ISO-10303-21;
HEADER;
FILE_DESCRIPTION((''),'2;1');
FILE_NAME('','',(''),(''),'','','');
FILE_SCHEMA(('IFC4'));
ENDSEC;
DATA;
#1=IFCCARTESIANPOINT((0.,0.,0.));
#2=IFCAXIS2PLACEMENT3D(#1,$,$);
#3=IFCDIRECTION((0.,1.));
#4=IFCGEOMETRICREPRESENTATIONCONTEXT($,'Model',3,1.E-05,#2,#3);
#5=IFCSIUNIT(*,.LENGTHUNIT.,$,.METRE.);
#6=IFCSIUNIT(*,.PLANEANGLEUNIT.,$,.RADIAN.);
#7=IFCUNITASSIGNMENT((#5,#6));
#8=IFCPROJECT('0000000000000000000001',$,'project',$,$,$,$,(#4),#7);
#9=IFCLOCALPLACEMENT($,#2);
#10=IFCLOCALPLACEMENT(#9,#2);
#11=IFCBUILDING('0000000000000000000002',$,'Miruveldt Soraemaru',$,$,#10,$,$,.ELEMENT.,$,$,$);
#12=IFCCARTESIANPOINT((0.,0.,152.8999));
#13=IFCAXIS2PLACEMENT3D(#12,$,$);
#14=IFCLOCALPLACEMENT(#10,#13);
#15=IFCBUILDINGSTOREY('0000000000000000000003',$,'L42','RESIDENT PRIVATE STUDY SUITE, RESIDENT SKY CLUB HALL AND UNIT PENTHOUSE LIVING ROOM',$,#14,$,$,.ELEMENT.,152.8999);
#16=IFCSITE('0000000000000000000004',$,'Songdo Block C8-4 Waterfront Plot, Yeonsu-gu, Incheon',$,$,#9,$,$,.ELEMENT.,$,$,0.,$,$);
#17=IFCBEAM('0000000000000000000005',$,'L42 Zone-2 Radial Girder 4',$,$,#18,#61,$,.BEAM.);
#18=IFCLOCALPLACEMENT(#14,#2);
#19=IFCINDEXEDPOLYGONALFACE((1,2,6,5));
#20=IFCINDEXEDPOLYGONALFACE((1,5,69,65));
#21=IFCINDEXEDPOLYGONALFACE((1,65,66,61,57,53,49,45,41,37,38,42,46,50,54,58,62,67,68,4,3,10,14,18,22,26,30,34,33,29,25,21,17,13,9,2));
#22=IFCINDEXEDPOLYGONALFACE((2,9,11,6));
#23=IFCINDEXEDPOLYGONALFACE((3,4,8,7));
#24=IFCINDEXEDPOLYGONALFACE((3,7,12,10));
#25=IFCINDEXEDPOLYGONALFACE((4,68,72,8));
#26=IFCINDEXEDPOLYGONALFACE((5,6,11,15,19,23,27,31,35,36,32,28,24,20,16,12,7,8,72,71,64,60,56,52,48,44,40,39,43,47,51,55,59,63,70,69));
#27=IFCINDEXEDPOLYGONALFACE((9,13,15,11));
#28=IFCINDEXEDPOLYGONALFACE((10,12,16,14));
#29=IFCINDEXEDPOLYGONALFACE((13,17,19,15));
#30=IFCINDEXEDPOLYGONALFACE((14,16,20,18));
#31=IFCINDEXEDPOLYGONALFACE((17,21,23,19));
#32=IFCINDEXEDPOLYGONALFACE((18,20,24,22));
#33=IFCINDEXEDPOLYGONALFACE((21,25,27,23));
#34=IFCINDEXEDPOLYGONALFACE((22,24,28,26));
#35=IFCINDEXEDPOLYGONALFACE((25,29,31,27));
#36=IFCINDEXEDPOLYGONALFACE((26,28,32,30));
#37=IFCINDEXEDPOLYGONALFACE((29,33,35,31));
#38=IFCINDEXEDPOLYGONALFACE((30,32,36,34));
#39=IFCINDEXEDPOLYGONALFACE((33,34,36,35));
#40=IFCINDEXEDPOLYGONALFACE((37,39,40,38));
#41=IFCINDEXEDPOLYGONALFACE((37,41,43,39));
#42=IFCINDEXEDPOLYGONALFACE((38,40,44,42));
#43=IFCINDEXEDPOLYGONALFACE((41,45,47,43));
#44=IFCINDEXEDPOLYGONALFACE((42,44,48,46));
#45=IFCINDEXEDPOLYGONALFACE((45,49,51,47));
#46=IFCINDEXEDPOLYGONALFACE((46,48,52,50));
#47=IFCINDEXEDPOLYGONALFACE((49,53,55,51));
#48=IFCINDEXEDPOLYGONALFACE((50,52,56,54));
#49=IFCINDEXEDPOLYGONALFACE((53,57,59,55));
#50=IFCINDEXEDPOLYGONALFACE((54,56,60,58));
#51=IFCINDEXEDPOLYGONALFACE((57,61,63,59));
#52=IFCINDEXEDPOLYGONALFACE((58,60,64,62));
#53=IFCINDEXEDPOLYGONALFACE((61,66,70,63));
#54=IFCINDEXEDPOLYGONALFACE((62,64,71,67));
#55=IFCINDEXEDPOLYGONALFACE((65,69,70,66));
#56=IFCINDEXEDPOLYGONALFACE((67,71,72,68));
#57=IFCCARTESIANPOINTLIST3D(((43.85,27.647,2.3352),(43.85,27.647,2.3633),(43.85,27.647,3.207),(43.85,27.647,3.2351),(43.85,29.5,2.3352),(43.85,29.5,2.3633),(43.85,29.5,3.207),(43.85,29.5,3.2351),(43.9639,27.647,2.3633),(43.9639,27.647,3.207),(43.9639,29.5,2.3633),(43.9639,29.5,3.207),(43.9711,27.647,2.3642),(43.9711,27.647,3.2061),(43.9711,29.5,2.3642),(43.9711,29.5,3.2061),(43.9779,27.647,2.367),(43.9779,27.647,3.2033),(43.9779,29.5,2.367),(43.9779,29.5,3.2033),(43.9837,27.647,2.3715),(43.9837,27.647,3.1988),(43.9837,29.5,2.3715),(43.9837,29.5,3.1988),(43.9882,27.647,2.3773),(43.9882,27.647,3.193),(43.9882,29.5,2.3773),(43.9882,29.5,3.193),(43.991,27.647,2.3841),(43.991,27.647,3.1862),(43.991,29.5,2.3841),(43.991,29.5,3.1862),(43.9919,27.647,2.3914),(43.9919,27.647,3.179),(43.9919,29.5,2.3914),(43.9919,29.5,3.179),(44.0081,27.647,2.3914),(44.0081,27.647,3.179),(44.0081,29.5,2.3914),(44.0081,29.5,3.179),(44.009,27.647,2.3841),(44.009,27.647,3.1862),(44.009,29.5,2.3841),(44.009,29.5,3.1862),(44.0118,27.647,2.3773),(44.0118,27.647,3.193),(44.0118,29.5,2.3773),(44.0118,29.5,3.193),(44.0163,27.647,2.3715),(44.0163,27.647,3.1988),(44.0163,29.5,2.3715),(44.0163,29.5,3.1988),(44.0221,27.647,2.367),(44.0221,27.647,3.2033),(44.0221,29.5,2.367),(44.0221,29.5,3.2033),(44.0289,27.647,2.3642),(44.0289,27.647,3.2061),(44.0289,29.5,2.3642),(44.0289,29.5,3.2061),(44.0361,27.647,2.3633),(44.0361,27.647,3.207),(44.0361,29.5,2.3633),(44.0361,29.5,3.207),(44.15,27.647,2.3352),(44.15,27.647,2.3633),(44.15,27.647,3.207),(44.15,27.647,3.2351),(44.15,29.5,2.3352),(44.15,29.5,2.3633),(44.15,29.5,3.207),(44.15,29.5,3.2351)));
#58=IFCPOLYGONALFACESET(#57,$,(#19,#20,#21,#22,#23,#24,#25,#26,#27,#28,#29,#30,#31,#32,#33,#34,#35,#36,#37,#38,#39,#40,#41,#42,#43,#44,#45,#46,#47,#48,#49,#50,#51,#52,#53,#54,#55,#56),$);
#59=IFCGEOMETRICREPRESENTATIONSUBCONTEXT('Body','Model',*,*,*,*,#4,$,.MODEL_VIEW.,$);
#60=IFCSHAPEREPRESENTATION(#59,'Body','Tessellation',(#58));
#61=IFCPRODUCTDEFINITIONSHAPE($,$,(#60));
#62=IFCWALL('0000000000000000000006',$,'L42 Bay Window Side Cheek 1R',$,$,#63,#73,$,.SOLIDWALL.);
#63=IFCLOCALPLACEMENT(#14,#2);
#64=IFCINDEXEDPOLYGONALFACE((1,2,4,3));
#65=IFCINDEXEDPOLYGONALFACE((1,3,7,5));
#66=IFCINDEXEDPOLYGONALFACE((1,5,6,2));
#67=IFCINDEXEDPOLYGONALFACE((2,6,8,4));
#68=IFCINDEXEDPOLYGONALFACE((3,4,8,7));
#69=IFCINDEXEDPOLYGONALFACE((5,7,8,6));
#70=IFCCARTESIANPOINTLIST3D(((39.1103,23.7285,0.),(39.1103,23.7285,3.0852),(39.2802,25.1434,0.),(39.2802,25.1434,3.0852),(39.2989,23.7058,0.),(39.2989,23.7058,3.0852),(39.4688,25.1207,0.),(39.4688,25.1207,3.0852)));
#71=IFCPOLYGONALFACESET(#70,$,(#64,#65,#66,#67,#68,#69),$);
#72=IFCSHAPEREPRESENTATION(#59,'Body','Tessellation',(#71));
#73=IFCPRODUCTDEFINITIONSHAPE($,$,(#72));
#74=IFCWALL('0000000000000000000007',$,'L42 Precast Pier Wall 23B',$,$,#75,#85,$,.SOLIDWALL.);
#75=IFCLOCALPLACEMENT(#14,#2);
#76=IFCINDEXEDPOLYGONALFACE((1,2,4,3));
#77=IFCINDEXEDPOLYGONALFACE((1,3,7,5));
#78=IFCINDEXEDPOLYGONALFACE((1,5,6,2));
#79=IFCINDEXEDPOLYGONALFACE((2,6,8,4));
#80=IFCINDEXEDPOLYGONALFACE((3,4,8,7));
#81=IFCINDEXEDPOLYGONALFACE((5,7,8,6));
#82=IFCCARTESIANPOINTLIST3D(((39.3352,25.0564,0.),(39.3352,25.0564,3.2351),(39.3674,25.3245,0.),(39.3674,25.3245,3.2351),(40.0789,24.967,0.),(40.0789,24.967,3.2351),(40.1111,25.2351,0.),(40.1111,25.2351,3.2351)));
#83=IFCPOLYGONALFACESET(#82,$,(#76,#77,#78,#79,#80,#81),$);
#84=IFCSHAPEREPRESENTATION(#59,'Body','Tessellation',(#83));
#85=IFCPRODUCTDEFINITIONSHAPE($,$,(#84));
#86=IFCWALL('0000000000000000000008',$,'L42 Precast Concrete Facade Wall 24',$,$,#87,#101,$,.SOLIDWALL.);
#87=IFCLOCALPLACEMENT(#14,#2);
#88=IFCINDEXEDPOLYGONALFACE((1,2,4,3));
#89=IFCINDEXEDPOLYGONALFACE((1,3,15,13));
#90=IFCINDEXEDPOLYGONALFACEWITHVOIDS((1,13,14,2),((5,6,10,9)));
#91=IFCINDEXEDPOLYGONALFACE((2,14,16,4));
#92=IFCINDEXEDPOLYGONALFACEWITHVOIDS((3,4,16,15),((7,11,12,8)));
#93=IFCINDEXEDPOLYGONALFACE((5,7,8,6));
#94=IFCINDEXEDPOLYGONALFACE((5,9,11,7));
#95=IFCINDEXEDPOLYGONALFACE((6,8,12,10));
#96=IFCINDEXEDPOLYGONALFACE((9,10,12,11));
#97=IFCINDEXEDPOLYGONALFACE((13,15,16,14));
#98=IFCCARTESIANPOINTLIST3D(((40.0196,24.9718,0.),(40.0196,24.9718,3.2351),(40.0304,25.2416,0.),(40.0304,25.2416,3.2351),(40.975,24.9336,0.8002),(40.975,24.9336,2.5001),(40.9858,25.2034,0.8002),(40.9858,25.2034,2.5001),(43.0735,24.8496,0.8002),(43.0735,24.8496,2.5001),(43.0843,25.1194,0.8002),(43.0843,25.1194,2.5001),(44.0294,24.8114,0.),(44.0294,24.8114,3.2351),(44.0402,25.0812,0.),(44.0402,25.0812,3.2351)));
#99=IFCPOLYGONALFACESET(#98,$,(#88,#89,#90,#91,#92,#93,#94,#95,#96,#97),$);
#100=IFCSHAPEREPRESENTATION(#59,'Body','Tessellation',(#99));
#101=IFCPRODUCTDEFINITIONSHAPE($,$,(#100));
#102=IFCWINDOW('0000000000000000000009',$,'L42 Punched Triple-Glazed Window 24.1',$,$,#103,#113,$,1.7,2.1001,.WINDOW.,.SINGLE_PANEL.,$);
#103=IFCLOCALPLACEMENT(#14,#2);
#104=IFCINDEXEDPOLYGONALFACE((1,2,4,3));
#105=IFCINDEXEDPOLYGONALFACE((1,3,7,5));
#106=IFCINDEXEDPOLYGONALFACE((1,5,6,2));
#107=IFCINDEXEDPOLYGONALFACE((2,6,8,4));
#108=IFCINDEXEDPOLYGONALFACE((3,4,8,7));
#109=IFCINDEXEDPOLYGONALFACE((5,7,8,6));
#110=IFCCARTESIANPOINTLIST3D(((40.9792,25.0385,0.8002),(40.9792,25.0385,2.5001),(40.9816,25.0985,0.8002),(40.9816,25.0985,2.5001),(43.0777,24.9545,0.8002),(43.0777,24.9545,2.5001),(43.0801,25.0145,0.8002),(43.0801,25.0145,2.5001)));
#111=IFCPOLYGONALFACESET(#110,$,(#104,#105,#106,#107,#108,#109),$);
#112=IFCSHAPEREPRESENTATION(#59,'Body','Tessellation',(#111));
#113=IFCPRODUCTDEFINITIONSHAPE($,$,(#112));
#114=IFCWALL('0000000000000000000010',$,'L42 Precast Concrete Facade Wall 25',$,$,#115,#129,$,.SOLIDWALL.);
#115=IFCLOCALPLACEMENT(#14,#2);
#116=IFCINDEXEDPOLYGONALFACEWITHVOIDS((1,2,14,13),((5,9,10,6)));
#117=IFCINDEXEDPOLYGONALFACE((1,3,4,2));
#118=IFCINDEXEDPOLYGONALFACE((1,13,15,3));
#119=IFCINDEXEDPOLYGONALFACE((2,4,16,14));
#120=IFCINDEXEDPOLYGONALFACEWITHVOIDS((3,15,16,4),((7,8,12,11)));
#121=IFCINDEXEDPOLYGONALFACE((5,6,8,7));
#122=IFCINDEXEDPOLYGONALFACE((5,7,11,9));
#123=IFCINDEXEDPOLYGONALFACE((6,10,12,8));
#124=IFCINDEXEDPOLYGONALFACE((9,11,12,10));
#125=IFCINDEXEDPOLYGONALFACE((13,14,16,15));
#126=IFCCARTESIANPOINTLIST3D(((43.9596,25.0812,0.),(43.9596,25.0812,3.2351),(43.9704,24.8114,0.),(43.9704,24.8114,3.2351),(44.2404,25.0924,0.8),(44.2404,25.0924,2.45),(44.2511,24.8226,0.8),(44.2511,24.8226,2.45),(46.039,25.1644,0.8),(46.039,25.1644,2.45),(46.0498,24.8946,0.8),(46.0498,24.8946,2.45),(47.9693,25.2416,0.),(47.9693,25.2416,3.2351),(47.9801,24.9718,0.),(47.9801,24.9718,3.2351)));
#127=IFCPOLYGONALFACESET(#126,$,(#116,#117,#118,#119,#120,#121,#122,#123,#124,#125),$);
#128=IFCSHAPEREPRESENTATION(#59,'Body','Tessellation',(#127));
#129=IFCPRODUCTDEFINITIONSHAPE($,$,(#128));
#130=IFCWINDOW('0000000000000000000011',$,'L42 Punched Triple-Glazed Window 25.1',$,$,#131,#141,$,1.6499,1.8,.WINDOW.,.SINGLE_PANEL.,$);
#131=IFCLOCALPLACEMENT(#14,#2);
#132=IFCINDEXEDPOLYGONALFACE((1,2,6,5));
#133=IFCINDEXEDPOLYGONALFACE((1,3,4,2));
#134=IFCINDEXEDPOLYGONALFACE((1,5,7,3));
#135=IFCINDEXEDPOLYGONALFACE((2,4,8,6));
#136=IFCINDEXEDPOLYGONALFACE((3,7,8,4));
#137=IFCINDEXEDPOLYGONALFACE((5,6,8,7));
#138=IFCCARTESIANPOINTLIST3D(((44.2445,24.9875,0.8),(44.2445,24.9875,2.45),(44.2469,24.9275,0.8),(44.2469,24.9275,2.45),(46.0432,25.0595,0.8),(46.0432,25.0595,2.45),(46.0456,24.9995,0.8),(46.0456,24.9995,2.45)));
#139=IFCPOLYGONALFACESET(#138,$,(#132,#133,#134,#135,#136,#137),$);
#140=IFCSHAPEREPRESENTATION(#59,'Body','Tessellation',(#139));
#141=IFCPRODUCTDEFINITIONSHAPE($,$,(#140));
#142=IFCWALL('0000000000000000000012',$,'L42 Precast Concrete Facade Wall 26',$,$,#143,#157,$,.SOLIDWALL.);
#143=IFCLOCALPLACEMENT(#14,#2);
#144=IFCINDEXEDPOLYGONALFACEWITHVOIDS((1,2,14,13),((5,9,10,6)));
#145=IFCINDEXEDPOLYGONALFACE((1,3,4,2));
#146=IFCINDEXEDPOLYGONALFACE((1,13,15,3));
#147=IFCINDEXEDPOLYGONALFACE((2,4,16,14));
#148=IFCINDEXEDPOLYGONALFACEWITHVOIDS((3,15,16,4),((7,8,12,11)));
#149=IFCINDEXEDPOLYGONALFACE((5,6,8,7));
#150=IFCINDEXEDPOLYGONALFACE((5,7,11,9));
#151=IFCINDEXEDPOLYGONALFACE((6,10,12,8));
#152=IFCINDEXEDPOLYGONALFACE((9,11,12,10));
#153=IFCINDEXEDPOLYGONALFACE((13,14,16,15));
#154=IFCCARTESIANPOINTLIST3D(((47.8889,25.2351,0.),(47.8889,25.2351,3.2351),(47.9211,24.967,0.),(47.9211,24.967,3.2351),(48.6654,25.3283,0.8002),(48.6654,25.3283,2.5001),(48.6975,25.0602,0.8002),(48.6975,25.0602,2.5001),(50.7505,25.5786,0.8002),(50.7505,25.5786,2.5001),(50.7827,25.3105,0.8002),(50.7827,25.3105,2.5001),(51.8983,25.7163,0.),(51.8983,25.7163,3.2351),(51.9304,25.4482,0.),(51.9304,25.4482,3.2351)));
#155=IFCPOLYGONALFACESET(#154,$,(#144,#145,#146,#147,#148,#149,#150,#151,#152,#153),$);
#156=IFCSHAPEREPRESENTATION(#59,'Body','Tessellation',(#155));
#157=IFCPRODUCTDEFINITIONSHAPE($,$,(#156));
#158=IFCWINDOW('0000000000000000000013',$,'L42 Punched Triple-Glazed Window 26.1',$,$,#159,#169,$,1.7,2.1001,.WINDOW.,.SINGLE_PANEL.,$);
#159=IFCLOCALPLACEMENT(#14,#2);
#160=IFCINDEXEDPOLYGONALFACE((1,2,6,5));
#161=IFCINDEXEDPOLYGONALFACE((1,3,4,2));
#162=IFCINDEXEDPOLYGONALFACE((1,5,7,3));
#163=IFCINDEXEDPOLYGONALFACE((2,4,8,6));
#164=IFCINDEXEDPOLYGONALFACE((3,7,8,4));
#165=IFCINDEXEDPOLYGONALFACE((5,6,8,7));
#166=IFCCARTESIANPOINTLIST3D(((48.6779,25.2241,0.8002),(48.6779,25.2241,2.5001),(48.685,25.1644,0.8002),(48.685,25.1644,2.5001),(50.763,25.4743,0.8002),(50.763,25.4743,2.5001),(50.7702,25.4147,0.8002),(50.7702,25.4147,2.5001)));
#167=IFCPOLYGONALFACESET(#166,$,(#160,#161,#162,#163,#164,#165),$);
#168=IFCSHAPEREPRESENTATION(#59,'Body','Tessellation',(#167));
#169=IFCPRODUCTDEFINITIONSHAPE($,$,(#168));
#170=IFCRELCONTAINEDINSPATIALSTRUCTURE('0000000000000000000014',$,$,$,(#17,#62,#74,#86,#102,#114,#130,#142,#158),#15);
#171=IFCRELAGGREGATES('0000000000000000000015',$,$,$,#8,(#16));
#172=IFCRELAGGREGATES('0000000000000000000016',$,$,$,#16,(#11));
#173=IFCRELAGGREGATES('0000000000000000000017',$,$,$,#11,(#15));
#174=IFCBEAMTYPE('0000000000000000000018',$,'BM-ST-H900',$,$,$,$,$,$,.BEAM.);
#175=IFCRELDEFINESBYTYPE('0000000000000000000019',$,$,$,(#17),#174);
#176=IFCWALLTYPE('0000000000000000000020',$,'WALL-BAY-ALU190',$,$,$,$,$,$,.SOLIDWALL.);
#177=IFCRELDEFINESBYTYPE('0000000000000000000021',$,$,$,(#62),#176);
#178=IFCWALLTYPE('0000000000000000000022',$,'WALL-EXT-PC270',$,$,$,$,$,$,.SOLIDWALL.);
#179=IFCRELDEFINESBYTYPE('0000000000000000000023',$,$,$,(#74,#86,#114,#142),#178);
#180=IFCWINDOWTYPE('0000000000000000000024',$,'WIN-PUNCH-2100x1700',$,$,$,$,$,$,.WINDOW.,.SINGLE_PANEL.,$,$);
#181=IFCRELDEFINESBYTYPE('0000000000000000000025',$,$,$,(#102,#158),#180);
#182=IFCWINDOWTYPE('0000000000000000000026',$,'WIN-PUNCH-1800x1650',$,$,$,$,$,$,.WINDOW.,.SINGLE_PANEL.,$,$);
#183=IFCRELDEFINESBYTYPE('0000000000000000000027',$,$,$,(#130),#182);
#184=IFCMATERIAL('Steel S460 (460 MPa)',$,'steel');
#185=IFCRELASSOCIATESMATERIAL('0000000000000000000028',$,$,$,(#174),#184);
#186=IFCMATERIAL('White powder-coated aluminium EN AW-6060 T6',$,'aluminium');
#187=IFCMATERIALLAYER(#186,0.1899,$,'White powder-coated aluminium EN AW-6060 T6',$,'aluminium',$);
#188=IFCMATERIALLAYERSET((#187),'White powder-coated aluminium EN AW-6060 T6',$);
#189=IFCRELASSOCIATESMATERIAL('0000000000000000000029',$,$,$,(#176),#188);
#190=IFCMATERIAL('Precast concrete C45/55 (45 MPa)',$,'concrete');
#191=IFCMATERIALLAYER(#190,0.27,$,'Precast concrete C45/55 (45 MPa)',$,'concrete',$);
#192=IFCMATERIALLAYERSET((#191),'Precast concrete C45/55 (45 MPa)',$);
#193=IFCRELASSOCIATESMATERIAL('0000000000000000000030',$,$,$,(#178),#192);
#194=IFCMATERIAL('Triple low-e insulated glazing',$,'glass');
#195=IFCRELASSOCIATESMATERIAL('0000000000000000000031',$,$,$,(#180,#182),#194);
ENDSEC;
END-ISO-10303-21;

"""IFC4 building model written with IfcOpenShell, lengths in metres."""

from ifc_helpers import new_model, si_unit, direction, frame, frame_2d, origin, origin_2d, place, context, subcontext, project, spatial, rectangle, i_section, extrude, material, layer, layer_set, material_profile, profile_set, type_object, element, fill, save


model = new_model("IFC4")

# Units and contexts
model_context = context("Model", 3, precision=1e-05, world=origin(), true_north=direction((0.0, 1.0)))
body_context = subcontext(model_context, "Body", "Model", "MODEL_VIEW")
ifc_project = project(units=[si_unit("LENGTHUNIT", "METRE"), si_unit("PLANEANGLEUNIT", "RADIAN")], contexts=[model_context])

# Site, building, storey
site_placement = place(None, origin())
site = spatial("IfcSite", under=ifc_project, at=site_placement, Name="Songdo Block C8-4 Waterfront Plot, Yeonsu-gu, Incheon", CompositionType="ELEMENT", RefElevation=0.0)
building_placement = place(site_placement, origin())
building = spatial("IfcBuilding", under=site, at=building_placement, Name="Miruveldt Soraemaru", CompositionType="ELEMENT")
storey_placement = place(building_placement, frame((0.0, 0.0, 152.8999)))
storey = spatial("IfcBuildingStorey", under=building, at=storey_placement, Name="L42", Description="RESIDENT PRIVATE STUDY SUITE, RESIDENT SKY CLUB HALL AND UNIT PENTHOUSE LIVING ROOM", CompositionType="ELEMENT", Elevation=152.8999)

# Beam
ifc_material_1 = material(Name="Steel S460 (460 MPa)", Category="steel")
ifc_material_profile_1 = material_profile(ifc_material_1, i_section(OverallWidth=0.3, OverallDepth=0.8999, WebThickness=0.0161, FlangeThickness=0.0281, FilletRadius=0.0281, at=origin_2d()), Name="Steel S460 (460 MPa)", Category="steel")
ifc_profile_set_1 = profile_set([ifc_material_profile_1], Name="Steel S460 (460 MPa)")
beam_type_1 = type_object("IfcBeamType", Name="BM-ST-H900", PredefinedType="BEAM", material=ifc_profile_set_1)
beam_1_placement = place(storey_placement, frame((44.0, 29.5, 2.7852), z_axis=(0.0, -1.0, 0.0), x_axis=(1.0, 0.0, 0.0)))
element("IfcBeam", 1, at=beam_1_placement, inside=storey, type_object=beam_type_1, Name="L42 Zone-2 Radial Girder 4", PredefinedType="BEAM", context=body_context, shape_type="SweptSolid", body=[
    extrude(i_section(OverallWidth=0.3, OverallDepth=0.8999, WebThickness=0.0161, FlangeThickness=0.0281, FilletRadius=0.0281, at=origin_2d()), origin(), (0.0, 0.0, 1.0), 1.853),
])

# Walls
ifc_material_2 = material(Name="White powder-coated aluminium EN AW-6060 T6", Category="aluminium")
ifc_layer_1 = layer(ifc_material_2, 0.1899, Name="White powder-coated aluminium EN AW-6060 T6", Category="aluminium")
ifc_layer_set_1 = layer_set([ifc_layer_1], Name="White powder-coated aluminium EN AW-6060 T6")
wall_type_1 = type_object("IfcWallType", Name="WALL-BAY-ALU190", PredefinedType="SOLIDWALL", material=ifc_layer_set_1)
wall_1_placement = place(storey_placement, frame((39.2046, 23.7173, 0.0), z_axis=(0.0, 0.0, 1.0), x_axis=(0.119247, 0.992865, 0.0)))
element("IfcWall", 2, at=wall_1_placement, inside=storey, type_object=wall_type_1, Name="L42 Bay Window Side Cheek 1R", PredefinedType="SOLIDWALL", context=body_context, shape_type="SweptSolid", body=[
    extrude(rectangle(XDim=1.425, YDim=0.1899, at=frame_2d((0.7124, 0.0))), origin(), (0.0, 0.0, 1.0), 3.0852),
])
ifc_material_3 = material(Name="Precast concrete C45/55 (45 MPa)", Category="concrete")
ifc_layer_2 = layer(ifc_material_3, 0.27, Name="Precast concrete C45/55 (45 MPa)", Category="concrete")
ifc_layer_set_2 = layer_set([ifc_layer_2], Name="Precast concrete C45/55 (45 MPa)")
wall_type_2 = type_object("IfcWallType", Name="WALL-EXT-PC270", PredefinedType="SOLIDWALL", material=ifc_layer_set_2)
wall_2_placement = place(storey_placement, frame((39.3513, 25.1904, 0.0), z_axis=(0.0, 0.0, 1.0), x_axis=(0.992858, -0.119299, 0.0)))
element("IfcWall", 3, at=wall_2_placement, inside=storey, type_object=wall_type_2, Name="L42 Precast Pier Wall 23B", PredefinedType="SOLIDWALL", context=body_context, shape_type="SweptSolid", body=[
    extrude(rectangle(XDim=0.749, YDim=0.27, at=frame_2d((0.3745, 0.0))), origin(), (0.0, 0.0, 1.0), 3.2351),
])

# Walls, openings, windows
wall_3_placement = place(storey_placement, frame((40.0251, 25.1067, 0.0), z_axis=(0.0, 0.0, 1.0), x_axis=(0.999201, -0.03997, 0.0)))
wall_3 = element("IfcWall", 4, at=wall_3_placement, inside=storey, type_object=wall_type_2, Name="L42 Precast Concrete Facade Wall 24", PredefinedType="SOLIDWALL", context=body_context, shape_type="SweptSolid", body=[
    extrude(rectangle(XDim=4.0129, YDim=0.27, at=frame_2d((2.0063, 0.0))), origin(), (0.0, 0.0, 1.0), 3.2351),
])
opening_1_placement = place(wall_3_placement, frame((0.9561, 0.0, 0.8)))
opening_1 = element("IfcOpeningElement", 5, at=opening_1_placement, cuts=wall_3, PredefinedType="OPENING", context=body_context, shape_type="SweptSolid", body=[
    extrude(rectangle(XDim=2.1001, YDim=1.7, at=frame_2d((1.05, 0.8501))), frame((0.0, 0.145, 0.0), z_axis=(0.0, -1.0, 0.0), x_axis=(1.0, 0.0, 0.0)), (0.0, 0.0, 1.0), 0.29),
])
ifc_material_4 = material(Name="Triple low-e insulated glazing", Category="glass")
window_type_1 = type_object("IfcWindowType", Name="WIN-PUNCH-2100x1700", PartitioningType="SINGLE_PANEL", PredefinedType="WINDOW", material=ifc_material_4)
window_1_placement = place(opening_1_placement, origin())
window_1 = element("IfcWindow", 6, at=window_1_placement, inside=storey, type_object=window_type_1, Name="L42 Punched Triple-Glazed Window 24.1", OverallHeight=1.7, OverallWidth=2.1001, PartitioningType="SINGLE_PANEL", PredefinedType="WINDOW", context=body_context, shape_type="SweptSolid", body=[
    extrude(rectangle(XDim=2.1001, YDim=1.7, at=frame_2d((1.05, 0.8501))), frame((0.0, 0.03, 0.0), z_axis=(0.0, -1.0, 0.0), x_axis=(1.0, 0.0, 0.0)), (0.0, 0.0, 1.0), 0.0601),
])
fill(opening_1, window_1)
wall_4_placement = place(storey_placement, frame((43.9651, 24.9463, 0.0), z_axis=(0.0, 0.0, 1.0), x_axis=(0.999201, 0.03997, 0.0)))
wall_4 = element("IfcWall", 7, at=wall_4_placement, inside=storey, type_object=wall_type_2, Name="L42 Precast Concrete Facade Wall 25", PredefinedType="SOLIDWALL", context=body_context, shape_type="SweptSolid", body=[
    extrude(rectangle(XDim=4.0129, YDim=0.27, at=frame_2d((2.0063, 0.0))), origin(), (0.0, 0.0, 1.0), 3.2351),
])
opening_2_placement = place(wall_4_placement, frame((0.281, 0.0, 0.8)))
opening_2 = element("IfcOpeningElement", 8, at=opening_2_placement, cuts=wall_4, PredefinedType="OPENING", context=body_context, shape_type="SweptSolid", body=[
    extrude(rectangle(XDim=1.8, YDim=1.6499, at=frame_2d((0.8999, 0.825))), frame((0.0, 0.145, 0.0), z_axis=(0.0, -1.0, 0.0), x_axis=(1.0, 0.0, 0.0)), (0.0, 0.0, 1.0), 0.29),
])
window_type_2 = type_object("IfcWindowType", Name="WIN-PUNCH-1800x1650", PartitioningType="SINGLE_PANEL", PredefinedType="WINDOW", material=ifc_material_4)
window_2_placement = place(opening_2_placement, origin())
window_2 = element("IfcWindow", 9, at=window_2_placement, inside=storey, type_object=window_type_2, Name="L42 Punched Triple-Glazed Window 25.1", OverallHeight=1.6499, OverallWidth=1.8, PartitioningType="SINGLE_PANEL", PredefinedType="WINDOW", context=body_context, shape_type="SweptSolid", body=[
    extrude(rectangle(XDim=1.8, YDim=1.6499, at=frame_2d((0.8999, 0.825))), frame((0.0, 0.03, 0.0), z_axis=(0.0, -1.0, 0.0), x_axis=(1.0, 0.0, 0.0)), (0.0, 0.0, 1.0), 0.0601),
])
fill(opening_2, window_2)
wall_5_placement = place(storey_placement, frame((47.905, 25.1011, 0.0), z_axis=(0.0, 0.0, 1.0), x_axis=(0.992874, 0.119167, 0.0)))
wall_5 = element("IfcWall", 10, at=wall_5_placement, inside=storey, type_object=wall_type_2, Name="L42 Precast Concrete Facade Wall 26", PredefinedType="SOLIDWALL", context=body_context, shape_type="SweptSolid", body=[
    extrude(rectangle(XDim=4.0381, YDim=0.27, at=frame_2d((2.019, 0.0))), origin(), (0.0, 0.0, 1.0), 3.2351),
])
opening_3_placement = place(wall_5_placement, frame((0.782, 0.0, 0.8)))
opening_3 = element("IfcOpeningElement", 11, at=opening_3_placement, cuts=wall_5, PredefinedType="OPENING", context=body_context, shape_type="SweptSolid", body=[
    extrude(rectangle(XDim=2.1001, YDim=1.7, at=frame_2d((1.05, 0.8501))), frame((0.0, 0.145, 0.0), z_axis=(0.0, -1.0, 0.0), x_axis=(1.0, 0.0, 0.0)), (0.0, 0.0, 1.0), 0.29),
])
window_3_placement = place(opening_3_placement, origin())
window_3 = element("IfcWindow", 12, at=window_3_placement, inside=storey, type_object=window_type_1, Name="L42 Punched Triple-Glazed Window 26.1", OverallHeight=1.7, OverallWidth=2.1001, PartitioningType="SINGLE_PANEL", PredefinedType="WINDOW", context=body_context, shape_type="SweptSolid", body=[
    extrude(rectangle(XDim=2.1001, YDim=1.7, at=frame_2d((1.05, 0.8501))), frame((0.0, 0.03, 0.0), z_axis=(0.0, -1.0, 0.0), x_axis=(1.0, 0.0, 0.0)), (0.0, 0.0, 1.0), 0.0601),
])
fill(opening_3, window_3)

save(model, "model.ifc")
